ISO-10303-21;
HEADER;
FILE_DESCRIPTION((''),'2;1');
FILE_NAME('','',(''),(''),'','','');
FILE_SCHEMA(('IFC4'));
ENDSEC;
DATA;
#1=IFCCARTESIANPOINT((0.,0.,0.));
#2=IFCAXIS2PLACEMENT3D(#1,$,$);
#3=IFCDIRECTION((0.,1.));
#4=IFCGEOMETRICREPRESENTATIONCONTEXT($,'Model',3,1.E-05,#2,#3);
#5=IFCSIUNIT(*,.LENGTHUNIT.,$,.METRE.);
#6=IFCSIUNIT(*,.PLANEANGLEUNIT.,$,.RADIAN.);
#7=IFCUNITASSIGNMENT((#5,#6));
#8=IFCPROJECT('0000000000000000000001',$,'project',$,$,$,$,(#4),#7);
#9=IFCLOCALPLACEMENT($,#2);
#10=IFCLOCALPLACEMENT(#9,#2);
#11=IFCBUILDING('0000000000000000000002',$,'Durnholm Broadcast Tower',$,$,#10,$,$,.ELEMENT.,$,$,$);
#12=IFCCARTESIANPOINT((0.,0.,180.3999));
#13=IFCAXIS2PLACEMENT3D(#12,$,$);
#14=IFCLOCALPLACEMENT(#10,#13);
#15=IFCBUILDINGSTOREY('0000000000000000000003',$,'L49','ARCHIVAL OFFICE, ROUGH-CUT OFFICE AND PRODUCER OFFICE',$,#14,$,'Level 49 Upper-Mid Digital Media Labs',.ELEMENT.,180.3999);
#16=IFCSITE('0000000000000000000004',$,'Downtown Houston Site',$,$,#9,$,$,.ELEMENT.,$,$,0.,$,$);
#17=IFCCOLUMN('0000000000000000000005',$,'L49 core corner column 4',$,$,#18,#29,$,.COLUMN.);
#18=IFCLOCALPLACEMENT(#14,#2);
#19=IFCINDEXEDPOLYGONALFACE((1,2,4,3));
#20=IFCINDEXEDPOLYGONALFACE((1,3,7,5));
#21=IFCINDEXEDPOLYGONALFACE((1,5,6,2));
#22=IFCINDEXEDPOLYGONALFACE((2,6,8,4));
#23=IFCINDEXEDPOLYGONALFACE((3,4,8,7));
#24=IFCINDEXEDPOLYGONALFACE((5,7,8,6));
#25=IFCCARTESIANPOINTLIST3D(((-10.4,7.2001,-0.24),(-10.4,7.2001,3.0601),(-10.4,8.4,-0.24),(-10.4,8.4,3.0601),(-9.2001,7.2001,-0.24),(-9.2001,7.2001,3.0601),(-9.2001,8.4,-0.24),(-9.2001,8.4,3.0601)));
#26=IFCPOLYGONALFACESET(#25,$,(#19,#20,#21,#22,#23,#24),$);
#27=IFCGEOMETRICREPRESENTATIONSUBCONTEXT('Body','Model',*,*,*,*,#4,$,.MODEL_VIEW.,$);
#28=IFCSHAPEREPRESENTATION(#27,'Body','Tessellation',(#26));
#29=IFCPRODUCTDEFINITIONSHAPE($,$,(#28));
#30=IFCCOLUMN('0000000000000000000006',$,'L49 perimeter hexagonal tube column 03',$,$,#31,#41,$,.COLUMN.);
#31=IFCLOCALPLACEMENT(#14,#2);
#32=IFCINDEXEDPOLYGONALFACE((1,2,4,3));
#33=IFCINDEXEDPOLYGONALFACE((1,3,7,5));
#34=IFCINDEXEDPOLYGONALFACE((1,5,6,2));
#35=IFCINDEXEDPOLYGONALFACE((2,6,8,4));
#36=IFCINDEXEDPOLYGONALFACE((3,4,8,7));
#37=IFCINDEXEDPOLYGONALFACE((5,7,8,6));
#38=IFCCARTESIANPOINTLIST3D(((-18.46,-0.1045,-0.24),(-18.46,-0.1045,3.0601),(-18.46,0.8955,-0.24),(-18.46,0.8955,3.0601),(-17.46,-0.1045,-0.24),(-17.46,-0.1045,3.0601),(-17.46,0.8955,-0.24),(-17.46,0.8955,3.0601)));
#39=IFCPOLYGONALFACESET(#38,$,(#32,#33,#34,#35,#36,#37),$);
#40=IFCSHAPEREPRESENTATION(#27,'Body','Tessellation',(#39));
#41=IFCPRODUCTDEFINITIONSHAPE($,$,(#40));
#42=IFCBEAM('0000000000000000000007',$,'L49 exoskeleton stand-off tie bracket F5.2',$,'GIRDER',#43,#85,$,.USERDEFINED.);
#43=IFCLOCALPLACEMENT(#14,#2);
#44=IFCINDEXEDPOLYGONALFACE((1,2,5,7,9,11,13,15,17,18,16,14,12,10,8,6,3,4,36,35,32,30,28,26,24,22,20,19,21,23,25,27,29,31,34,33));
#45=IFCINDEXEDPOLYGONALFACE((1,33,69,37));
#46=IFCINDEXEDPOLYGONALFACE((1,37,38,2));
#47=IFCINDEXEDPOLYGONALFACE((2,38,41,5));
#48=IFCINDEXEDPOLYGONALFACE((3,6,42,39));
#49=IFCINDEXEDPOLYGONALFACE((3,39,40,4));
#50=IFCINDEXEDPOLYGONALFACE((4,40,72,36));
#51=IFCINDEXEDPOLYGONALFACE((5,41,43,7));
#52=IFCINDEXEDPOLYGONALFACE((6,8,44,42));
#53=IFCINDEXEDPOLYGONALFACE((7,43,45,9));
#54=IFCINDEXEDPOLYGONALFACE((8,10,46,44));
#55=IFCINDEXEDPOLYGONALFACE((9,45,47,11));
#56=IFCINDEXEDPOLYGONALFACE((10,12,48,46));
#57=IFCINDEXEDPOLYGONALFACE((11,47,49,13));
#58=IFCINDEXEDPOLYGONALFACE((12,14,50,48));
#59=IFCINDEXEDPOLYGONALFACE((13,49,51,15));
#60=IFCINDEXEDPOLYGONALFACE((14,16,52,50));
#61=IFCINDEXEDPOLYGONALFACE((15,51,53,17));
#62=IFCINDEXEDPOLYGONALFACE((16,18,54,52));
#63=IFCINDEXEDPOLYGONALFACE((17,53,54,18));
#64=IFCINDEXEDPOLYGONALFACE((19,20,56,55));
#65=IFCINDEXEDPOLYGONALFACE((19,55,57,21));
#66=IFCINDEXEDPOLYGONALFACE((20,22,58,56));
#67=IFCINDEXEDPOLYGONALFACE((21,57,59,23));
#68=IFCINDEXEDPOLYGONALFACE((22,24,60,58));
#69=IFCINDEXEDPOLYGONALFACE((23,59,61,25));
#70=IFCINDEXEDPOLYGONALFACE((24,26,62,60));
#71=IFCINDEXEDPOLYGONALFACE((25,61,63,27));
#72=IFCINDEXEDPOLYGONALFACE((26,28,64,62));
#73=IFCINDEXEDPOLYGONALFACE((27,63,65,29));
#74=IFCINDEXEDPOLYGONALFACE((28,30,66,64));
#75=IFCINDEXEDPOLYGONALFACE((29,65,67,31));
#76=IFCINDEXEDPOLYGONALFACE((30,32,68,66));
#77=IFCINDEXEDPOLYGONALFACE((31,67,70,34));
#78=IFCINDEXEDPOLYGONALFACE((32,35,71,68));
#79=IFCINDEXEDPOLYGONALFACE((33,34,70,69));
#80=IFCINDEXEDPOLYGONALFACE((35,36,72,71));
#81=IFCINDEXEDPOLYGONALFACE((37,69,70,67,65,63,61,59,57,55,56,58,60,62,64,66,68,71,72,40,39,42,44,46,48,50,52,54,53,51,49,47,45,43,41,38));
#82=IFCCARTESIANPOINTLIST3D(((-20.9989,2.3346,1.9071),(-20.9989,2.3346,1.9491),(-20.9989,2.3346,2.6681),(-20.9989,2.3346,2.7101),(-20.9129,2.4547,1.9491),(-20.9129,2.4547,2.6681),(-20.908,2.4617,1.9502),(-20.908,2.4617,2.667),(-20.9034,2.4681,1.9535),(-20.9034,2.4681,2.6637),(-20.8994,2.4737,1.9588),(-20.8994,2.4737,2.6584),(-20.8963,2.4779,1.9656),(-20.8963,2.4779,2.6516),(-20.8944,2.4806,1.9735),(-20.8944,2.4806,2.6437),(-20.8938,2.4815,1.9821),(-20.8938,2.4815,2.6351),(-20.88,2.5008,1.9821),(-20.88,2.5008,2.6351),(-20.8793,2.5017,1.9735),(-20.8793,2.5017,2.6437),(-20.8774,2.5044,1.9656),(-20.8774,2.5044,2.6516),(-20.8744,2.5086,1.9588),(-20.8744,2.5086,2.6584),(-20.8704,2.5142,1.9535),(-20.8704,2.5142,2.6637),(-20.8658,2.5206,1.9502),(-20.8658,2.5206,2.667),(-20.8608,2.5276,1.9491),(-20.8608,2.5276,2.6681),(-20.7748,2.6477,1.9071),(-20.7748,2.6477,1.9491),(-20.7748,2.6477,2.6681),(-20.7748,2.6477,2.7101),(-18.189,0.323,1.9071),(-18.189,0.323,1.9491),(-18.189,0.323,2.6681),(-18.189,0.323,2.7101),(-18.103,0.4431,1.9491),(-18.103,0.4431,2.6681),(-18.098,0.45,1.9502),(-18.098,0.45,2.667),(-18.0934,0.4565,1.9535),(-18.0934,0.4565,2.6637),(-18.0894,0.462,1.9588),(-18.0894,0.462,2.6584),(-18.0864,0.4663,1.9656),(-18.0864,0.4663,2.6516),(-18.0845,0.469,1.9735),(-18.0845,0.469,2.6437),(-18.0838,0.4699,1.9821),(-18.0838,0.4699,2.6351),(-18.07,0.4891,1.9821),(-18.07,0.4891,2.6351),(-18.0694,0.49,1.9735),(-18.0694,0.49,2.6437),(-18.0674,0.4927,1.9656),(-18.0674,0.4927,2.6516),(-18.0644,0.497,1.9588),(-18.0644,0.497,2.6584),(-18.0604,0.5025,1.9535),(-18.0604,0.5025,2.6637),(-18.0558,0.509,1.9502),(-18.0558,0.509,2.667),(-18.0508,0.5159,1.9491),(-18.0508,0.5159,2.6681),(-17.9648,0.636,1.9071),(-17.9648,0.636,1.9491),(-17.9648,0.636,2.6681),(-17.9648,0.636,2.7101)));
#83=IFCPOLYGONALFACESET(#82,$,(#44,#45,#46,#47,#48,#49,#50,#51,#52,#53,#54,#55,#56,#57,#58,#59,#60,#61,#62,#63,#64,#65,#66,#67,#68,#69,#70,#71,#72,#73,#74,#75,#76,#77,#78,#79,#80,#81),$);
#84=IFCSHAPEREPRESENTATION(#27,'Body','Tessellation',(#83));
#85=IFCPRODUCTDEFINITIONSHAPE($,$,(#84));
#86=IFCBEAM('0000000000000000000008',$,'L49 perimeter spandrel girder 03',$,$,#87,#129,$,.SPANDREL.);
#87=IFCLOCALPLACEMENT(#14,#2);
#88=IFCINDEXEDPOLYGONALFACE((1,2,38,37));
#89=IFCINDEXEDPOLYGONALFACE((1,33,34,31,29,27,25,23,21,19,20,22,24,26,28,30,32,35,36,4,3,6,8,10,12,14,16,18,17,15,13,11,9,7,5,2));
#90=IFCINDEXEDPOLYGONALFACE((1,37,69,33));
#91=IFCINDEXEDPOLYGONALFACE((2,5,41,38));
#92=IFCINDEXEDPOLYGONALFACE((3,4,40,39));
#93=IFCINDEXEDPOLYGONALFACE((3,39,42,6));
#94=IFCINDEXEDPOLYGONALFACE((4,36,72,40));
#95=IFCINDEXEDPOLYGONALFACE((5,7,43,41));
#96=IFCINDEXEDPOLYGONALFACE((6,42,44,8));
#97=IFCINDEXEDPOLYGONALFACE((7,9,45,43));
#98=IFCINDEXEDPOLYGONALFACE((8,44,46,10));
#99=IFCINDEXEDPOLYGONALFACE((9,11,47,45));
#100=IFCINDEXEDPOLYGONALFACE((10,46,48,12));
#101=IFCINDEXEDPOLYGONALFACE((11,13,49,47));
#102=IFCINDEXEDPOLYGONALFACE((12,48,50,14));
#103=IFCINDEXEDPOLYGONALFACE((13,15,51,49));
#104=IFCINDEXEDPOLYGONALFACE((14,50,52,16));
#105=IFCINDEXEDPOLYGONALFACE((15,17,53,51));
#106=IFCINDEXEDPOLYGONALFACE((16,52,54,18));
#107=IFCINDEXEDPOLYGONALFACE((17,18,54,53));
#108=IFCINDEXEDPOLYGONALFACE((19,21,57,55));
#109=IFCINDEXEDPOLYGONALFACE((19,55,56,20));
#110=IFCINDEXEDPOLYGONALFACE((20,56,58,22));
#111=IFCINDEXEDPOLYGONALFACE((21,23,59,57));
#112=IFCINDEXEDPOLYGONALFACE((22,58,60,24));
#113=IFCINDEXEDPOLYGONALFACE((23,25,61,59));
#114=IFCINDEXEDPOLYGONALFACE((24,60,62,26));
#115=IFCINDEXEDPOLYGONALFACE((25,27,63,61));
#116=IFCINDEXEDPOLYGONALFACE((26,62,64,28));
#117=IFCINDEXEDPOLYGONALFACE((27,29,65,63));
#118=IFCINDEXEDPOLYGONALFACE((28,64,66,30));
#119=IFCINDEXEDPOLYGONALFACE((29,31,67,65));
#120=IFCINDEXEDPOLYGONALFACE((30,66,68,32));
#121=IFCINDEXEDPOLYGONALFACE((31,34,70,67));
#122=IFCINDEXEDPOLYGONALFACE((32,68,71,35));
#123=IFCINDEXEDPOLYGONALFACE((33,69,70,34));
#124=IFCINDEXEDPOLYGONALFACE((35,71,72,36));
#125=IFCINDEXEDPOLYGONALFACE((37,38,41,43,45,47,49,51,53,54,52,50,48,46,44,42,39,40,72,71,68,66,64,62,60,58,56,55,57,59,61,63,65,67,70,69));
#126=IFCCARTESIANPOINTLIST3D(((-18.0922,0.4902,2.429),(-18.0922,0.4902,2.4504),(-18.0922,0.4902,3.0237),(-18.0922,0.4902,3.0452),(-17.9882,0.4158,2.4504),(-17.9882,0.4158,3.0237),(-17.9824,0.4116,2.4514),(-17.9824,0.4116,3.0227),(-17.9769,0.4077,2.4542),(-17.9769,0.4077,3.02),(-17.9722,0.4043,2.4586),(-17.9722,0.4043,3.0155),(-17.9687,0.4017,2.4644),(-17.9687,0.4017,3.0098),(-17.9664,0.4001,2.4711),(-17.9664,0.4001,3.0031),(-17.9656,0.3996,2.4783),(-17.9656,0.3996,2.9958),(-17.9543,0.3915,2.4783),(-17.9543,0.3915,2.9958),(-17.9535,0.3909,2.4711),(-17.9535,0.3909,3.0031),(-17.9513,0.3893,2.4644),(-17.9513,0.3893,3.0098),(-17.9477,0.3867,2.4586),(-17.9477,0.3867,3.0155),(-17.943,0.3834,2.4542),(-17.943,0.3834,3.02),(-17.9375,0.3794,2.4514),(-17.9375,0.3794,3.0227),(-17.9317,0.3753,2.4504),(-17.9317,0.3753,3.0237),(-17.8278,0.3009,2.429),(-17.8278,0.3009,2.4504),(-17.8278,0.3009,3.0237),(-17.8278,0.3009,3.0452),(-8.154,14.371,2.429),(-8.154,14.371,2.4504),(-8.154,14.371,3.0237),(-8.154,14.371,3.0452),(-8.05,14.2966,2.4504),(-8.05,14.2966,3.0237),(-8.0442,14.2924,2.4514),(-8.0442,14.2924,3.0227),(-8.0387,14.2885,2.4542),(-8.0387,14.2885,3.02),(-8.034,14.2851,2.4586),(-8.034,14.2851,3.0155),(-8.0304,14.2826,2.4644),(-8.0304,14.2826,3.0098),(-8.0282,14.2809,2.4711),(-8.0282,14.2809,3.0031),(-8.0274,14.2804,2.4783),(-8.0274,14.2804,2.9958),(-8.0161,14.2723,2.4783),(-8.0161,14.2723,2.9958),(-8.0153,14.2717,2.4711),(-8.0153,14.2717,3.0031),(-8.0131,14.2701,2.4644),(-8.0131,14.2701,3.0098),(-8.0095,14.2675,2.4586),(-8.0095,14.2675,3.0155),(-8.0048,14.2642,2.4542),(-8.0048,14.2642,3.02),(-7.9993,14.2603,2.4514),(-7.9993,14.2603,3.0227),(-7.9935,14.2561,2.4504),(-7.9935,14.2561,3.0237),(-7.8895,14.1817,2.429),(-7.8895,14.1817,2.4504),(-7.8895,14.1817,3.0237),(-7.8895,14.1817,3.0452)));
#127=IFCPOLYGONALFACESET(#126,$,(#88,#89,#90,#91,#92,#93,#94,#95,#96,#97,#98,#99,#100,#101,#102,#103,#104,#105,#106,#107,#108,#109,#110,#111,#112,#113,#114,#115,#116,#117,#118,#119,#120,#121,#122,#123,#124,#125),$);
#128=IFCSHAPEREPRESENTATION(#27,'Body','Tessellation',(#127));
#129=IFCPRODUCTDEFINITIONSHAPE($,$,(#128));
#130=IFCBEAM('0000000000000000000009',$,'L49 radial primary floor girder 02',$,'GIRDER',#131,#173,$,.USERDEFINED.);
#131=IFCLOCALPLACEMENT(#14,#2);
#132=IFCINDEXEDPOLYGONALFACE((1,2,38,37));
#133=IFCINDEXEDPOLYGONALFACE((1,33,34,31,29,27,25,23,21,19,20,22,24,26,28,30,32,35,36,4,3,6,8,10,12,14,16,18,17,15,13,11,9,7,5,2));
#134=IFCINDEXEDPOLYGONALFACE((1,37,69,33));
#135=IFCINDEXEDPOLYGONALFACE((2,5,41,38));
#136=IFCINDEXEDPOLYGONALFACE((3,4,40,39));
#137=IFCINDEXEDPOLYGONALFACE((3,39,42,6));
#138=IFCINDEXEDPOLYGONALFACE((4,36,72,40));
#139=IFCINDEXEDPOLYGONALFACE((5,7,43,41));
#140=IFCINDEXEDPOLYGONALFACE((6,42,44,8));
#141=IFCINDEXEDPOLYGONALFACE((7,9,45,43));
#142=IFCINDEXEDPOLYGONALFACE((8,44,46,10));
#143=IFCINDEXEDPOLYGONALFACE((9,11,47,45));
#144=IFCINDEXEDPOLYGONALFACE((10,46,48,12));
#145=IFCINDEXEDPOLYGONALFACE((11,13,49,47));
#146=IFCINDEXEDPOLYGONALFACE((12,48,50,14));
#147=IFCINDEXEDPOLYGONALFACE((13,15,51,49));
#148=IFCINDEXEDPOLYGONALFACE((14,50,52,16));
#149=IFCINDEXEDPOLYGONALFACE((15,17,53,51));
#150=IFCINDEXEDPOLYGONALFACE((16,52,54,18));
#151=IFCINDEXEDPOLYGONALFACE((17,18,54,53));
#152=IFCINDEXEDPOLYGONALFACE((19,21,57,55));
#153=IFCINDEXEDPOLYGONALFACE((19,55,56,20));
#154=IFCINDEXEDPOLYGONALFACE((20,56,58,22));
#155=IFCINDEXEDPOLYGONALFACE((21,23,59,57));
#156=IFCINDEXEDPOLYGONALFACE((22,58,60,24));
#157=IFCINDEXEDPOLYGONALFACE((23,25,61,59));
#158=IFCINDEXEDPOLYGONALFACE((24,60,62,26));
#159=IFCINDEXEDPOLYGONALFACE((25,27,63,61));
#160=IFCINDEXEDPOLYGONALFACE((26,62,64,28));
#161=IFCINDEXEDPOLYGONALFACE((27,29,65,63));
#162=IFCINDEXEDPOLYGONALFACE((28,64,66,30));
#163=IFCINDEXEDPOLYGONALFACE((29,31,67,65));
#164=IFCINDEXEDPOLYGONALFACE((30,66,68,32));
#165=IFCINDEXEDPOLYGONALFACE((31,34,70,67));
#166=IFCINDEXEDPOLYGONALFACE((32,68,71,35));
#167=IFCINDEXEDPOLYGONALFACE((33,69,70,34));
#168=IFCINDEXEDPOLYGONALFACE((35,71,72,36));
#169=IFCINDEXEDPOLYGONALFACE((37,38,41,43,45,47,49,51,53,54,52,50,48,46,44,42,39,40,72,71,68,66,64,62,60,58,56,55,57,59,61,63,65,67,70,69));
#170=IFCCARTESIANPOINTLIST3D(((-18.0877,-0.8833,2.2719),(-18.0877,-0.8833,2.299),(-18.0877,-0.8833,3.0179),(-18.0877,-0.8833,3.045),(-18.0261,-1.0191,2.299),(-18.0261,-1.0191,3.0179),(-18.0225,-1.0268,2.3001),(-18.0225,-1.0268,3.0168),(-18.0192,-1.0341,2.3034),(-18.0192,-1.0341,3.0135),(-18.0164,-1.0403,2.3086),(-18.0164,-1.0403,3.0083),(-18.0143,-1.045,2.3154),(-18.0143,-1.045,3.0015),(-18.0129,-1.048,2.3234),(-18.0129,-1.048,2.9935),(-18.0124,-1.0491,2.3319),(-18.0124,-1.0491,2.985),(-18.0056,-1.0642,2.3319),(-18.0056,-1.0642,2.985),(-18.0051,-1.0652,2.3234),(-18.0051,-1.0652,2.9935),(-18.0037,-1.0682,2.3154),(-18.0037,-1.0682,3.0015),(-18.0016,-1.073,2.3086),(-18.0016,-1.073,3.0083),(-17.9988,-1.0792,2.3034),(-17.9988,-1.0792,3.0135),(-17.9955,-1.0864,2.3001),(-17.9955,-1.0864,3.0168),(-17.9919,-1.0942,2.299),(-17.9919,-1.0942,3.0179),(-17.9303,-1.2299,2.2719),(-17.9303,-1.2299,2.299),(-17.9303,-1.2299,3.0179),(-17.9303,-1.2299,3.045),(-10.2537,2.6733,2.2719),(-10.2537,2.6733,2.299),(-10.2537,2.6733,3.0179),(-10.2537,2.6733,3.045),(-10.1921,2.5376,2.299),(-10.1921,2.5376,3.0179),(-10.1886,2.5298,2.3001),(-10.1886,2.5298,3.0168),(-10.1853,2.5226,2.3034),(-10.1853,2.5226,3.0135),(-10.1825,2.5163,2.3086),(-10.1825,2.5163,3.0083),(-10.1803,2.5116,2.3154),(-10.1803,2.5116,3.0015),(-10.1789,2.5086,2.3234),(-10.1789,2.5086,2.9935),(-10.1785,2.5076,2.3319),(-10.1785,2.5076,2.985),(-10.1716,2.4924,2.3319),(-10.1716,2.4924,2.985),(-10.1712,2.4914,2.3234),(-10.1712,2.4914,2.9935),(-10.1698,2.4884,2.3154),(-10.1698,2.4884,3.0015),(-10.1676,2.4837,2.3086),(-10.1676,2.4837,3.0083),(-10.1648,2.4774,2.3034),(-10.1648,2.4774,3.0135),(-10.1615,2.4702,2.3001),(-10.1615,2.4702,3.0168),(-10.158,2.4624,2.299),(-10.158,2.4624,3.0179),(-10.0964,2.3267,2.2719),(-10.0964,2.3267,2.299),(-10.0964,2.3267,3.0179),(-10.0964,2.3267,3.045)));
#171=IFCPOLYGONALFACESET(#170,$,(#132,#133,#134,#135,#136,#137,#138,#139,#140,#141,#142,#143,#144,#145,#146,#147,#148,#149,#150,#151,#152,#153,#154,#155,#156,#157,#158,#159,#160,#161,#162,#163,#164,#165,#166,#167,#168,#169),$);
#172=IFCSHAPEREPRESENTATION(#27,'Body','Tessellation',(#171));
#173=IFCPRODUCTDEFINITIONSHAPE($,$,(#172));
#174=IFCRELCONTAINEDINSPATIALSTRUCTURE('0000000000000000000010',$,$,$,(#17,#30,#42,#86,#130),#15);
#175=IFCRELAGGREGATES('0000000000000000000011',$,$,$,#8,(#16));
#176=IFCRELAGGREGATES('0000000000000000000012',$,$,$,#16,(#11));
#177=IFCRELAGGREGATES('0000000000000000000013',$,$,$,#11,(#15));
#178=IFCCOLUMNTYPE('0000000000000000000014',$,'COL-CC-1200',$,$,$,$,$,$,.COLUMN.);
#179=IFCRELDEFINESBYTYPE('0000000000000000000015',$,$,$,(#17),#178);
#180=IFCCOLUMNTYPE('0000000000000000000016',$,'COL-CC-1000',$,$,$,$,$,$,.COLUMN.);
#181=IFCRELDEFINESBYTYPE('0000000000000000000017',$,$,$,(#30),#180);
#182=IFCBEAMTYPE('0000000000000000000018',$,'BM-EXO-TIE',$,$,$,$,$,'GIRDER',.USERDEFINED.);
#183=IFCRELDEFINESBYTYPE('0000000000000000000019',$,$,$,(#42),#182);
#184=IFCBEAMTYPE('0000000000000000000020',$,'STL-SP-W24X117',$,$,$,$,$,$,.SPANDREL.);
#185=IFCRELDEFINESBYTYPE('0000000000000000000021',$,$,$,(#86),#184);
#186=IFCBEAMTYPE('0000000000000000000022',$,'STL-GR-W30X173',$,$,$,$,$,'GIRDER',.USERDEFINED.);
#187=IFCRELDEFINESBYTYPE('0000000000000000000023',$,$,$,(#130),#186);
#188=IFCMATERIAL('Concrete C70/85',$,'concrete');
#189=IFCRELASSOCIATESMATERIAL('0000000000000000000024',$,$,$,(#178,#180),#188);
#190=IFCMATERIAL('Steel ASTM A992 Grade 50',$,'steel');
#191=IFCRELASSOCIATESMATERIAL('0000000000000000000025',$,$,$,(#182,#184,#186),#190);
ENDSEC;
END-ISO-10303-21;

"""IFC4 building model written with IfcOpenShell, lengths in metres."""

from ifc_helpers import new_model, si_unit, direction, frame, origin, origin_2d, place, context, subcontext, project, spatial, rectangle, i_section, extrude, source, transform, mapped, material, material_profile, profile_set, type_object, type_shapes, element, save


model = new_model("IFC4")

# Units and contexts
model_context = context("Model", 3, precision=1e-05, world=origin(), true_north=direction((0.0, 1.0)))
body_context = subcontext(model_context, "Body", "Model", "MODEL_VIEW")
ifc_project = project(units=[si_unit("LENGTHUNIT", "METRE"), si_unit("PLANEANGLEUNIT", "RADIAN")], contexts=[model_context])

# Site, building, storey
site_placement = place(None, origin())
site = spatial("IfcSite", under=ifc_project, at=site_placement, Name="Downtown Houston Site", CompositionType="ELEMENT", RefElevation=0.0)
building_placement = place(site_placement, origin())
building = spatial("IfcBuilding", under=site, at=building_placement, Name="Durnholm Broadcast Tower", CompositionType="ELEMENT")
storey_placement = place(building_placement, frame((0.0, 0.0, 180.3999)))
storey = spatial("IfcBuildingStorey", under=building, at=storey_placement, Name="L49", Description="ARCHIVAL OFFICE, ROUGH-CUT OFFICE AND PRODUCER OFFICE", LongName="Level 49 Upper-Mid Digital Media Labs", CompositionType="ELEMENT", Elevation=180.3999)

# Columns
ifc_material_1 = material(Name="Concrete C70/85", Category="concrete")
ifc_material_profile_1 = material_profile(ifc_material_1, rectangle(XDim=1.2, YDim=1.2, at=origin_2d()), Name="RC1200X1200")
ifc_profile_set_1 = profile_set([ifc_material_profile_1], Name="Concrete C70/85")
column_type_1 = type_object("IfcColumnType", Name="COL-CC-1200", PredefinedType="COLUMN", material=ifc_profile_set_1)
shared_shape_1 = source(origin(), body_context, "Body", "SweptSolid", [
    extrude(rectangle(XDim=1.2, YDim=1.2, at=origin_2d()), origin(), (0.0, 0.0, 1.0), 3.3),
])
type_shapes(column_type_1, [shared_shape_1])
column_1_placement = place(storey_placement, frame((-9.8, 7.8, -0.24), z_axis=(0.0, 0.0, 1.0), x_axis=(1.0, 0.0, 0.0)))
element("IfcColumn", 1, at=column_1_placement, inside=storey, type_object=column_type_1, Name="L49 core corner column 4", PredefinedType="COLUMN", context=body_context, shape_type="MappedRepresentation", body=[
    mapped(shared_shape_1, transform((0.0, 0.0, 0.0), x_axis=(1.0, 0.0, 0.0), y_axis=(0.0, 1.0, 0.0), z_axis=(0.0, 0.0, 1.0), scale=1.0)),
])
ifc_material_profile_2 = material_profile(ifc_material_1, rectangle(XDim=1.0, YDim=1.0, at=origin_2d()), Name="RC1000X1000")
ifc_profile_set_2 = profile_set([ifc_material_profile_2], Name="Concrete C70/85")
column_type_2 = type_object("IfcColumnType", Name="COL-CC-1000", PredefinedType="COLUMN", material=ifc_profile_set_2)
shared_shape_2 = source(origin(), body_context, "Body", "SweptSolid", [
    extrude(rectangle(XDim=1.0, YDim=1.0, at=origin_2d()), origin(), (0.0, 0.0, 1.0), 3.3),
])
type_shapes(column_type_2, [shared_shape_2])
column_2_placement = place(storey_placement, frame((-17.96, 0.3955, -0.24), z_axis=(0.0, 0.0, 1.0), x_axis=(1.0, 0.0, 0.0)))
element("IfcColumn", 2, at=column_2_placement, inside=storey, type_object=column_type_2, Name="L49 perimeter hexagonal tube column 03", PredefinedType="COLUMN", context=body_context, shape_type="MappedRepresentation", body=[
    mapped(shared_shape_2, transform((0.0, 0.0, 0.0), x_axis=(1.0, 0.0, 0.0), y_axis=(0.0, 1.0, 0.0), z_axis=(0.0, 0.0, 1.0), scale=1.0)),
])

# Beams
ifc_material_2 = material(Name="Steel ASTM A992 Grade 50", Category="steel")
ifc_material_profile_3 = material_profile(ifc_material_2, i_section(OverallWidth=0.385, OverallDepth=0.803, WebThickness=0.0237, FlangeThickness=0.042, FilletRadius=0.033, at=origin_2d()), Name="W30X261")
ifc_profile_set_3 = profile_set([ifc_material_profile_3], Name="Steel ASTM A992 Grade 50")
beam_type_1 = type_object("IfcBeamType", Name="BM-EXO-TIE", ElementType="GIRDER", PredefinedType="USERDEFINED", material=ifc_profile_set_3)
shared_shape_3 = source(origin(), body_context, "Body", "SweptSolid", [
    extrude(i_section(OverallWidth=0.385, OverallDepth=0.803, WebThickness=0.0237, FlangeThickness=0.042, FilletRadius=0.033, at=origin_2d()), origin(), (0.0, 0.0, 1.0), 3.4558),
])
type_shapes(beam_type_1, [shared_shape_3])
beam_1_placement = place(storey_placement, frame((-18.0769, 0.4795, 2.3086), z_axis=(-0.813112, 0.582107, 0.0), x_axis=(-0.582107, -0.813112, 0.0)))
element("IfcBeam", 3, at=beam_1_placement, inside=storey, type_object=beam_type_1, Name="L49 exoskeleton stand-off tie bracket F5.2", ObjectType="GIRDER", PredefinedType="USERDEFINED", context=body_context, shape_type="MappedRepresentation", body=[
    mapped(shared_shape_3, transform((0.0, 0.0, 0.0), x_axis=(1.0, 0.0, 0.0), y_axis=(0.0, 1.0, 0.0), z_axis=(0.0, 0.0, 1.0), scale=1.0)),
])
ifc_material_profile_4 = material_profile(ifc_material_2, i_section(OverallWidth=0.3252, OverallDepth=0.6162, WebThickness=0.0139, FlangeThickness=0.0215, FilletRadius=0.0278, at=origin_2d()), Name="W24X117")
ifc_profile_set_4 = profile_set([ifc_material_profile_4], Name="Steel ASTM A992 Grade 50")
beam_type_2 = type_object("IfcBeamType", Name="STL-SP-W24X117", PredefinedType="SPANDREL", material=ifc_profile_set_4)
shared_shape_4 = source(origin(), body_context, "Body", "SweptSolid", [
    extrude(i_section(OverallWidth=0.3252, OverallDepth=0.6162, WebThickness=0.0139, FlangeThickness=0.0215, FilletRadius=0.0278, at=origin_2d()), origin(), (0.0, 0.0, 1.0), 17.0718),
])
type_shapes(beam_type_2, [shared_shape_4])
beam_2_placement = place(storey_placement, frame((-17.96, 0.3955, 2.7371), z_axis=(0.582143, 0.813087, 0.0), x_axis=(-0.813087, 0.582143, 0.0)))
element("IfcBeam", 4, at=beam_2_placement, inside=storey, type_object=beam_type_2, Name="L49 perimeter spandrel girder 03", PredefinedType="SPANDREL", context=body_context, shape_type="MappedRepresentation", body=[
    mapped(shared_shape_4, transform((0.0, 0.0, 0.0), x_axis=(1.0, 0.0, 0.0), y_axis=(0.0, 1.0, 0.0), z_axis=(0.0, 0.0, 1.0), scale=1.0)),
])
ifc_material_profile_5 = material_profile(ifc_material_2, i_section(OverallWidth=0.3806, OverallDepth=0.7732, WebThickness=0.0166, FlangeThickness=0.0271, FilletRadius=0.033, at=origin_2d()), Name="W30X173")
ifc_profile_set_5 = profile_set([ifc_material_profile_5], Name="Steel ASTM A992 Grade 50")
beam_type_3 = type_object("IfcBeamType", Name="STL-GR-W30X173", ElementType="GIRDER", PredefinedType="USERDEFINED", material=ifc_profile_set_5)
shared_shape_5 = source(origin(), body_context, "Body", "SweptSolid", [
    extrude(i_section(OverallWidth=0.3806, OverallDepth=0.7732, WebThickness=0.0166, FlangeThickness=0.0271, FilletRadius=0.033, at=origin_2d()), origin(), (0.0, 0.0, 1.0), 8.6035),
])
beam_3_placement = place(storey_placement, frame((-10.175, 2.5, 2.6584), z_axis=(-0.910553, -0.413392, 0.0), x_axis=(0.413392, -0.910553, 0.0)))
element("IfcBeam", 5, at=beam_3_placement, inside=storey, type_object=beam_type_3, Name="L49 radial primary floor girder 02", ObjectType="GIRDER", PredefinedType="USERDEFINED", context=body_context, shape_type="MappedRepresentation", body=[
    mapped(shared_shape_5, transform((0.0, 0.0, 0.0), x_axis=(1.0, 0.0, 0.0), y_axis=(0.0, 1.0, 0.0), z_axis=(0.0, 0.0, 1.0), scale=1.0)),
])

save(model, "model.ifc")
